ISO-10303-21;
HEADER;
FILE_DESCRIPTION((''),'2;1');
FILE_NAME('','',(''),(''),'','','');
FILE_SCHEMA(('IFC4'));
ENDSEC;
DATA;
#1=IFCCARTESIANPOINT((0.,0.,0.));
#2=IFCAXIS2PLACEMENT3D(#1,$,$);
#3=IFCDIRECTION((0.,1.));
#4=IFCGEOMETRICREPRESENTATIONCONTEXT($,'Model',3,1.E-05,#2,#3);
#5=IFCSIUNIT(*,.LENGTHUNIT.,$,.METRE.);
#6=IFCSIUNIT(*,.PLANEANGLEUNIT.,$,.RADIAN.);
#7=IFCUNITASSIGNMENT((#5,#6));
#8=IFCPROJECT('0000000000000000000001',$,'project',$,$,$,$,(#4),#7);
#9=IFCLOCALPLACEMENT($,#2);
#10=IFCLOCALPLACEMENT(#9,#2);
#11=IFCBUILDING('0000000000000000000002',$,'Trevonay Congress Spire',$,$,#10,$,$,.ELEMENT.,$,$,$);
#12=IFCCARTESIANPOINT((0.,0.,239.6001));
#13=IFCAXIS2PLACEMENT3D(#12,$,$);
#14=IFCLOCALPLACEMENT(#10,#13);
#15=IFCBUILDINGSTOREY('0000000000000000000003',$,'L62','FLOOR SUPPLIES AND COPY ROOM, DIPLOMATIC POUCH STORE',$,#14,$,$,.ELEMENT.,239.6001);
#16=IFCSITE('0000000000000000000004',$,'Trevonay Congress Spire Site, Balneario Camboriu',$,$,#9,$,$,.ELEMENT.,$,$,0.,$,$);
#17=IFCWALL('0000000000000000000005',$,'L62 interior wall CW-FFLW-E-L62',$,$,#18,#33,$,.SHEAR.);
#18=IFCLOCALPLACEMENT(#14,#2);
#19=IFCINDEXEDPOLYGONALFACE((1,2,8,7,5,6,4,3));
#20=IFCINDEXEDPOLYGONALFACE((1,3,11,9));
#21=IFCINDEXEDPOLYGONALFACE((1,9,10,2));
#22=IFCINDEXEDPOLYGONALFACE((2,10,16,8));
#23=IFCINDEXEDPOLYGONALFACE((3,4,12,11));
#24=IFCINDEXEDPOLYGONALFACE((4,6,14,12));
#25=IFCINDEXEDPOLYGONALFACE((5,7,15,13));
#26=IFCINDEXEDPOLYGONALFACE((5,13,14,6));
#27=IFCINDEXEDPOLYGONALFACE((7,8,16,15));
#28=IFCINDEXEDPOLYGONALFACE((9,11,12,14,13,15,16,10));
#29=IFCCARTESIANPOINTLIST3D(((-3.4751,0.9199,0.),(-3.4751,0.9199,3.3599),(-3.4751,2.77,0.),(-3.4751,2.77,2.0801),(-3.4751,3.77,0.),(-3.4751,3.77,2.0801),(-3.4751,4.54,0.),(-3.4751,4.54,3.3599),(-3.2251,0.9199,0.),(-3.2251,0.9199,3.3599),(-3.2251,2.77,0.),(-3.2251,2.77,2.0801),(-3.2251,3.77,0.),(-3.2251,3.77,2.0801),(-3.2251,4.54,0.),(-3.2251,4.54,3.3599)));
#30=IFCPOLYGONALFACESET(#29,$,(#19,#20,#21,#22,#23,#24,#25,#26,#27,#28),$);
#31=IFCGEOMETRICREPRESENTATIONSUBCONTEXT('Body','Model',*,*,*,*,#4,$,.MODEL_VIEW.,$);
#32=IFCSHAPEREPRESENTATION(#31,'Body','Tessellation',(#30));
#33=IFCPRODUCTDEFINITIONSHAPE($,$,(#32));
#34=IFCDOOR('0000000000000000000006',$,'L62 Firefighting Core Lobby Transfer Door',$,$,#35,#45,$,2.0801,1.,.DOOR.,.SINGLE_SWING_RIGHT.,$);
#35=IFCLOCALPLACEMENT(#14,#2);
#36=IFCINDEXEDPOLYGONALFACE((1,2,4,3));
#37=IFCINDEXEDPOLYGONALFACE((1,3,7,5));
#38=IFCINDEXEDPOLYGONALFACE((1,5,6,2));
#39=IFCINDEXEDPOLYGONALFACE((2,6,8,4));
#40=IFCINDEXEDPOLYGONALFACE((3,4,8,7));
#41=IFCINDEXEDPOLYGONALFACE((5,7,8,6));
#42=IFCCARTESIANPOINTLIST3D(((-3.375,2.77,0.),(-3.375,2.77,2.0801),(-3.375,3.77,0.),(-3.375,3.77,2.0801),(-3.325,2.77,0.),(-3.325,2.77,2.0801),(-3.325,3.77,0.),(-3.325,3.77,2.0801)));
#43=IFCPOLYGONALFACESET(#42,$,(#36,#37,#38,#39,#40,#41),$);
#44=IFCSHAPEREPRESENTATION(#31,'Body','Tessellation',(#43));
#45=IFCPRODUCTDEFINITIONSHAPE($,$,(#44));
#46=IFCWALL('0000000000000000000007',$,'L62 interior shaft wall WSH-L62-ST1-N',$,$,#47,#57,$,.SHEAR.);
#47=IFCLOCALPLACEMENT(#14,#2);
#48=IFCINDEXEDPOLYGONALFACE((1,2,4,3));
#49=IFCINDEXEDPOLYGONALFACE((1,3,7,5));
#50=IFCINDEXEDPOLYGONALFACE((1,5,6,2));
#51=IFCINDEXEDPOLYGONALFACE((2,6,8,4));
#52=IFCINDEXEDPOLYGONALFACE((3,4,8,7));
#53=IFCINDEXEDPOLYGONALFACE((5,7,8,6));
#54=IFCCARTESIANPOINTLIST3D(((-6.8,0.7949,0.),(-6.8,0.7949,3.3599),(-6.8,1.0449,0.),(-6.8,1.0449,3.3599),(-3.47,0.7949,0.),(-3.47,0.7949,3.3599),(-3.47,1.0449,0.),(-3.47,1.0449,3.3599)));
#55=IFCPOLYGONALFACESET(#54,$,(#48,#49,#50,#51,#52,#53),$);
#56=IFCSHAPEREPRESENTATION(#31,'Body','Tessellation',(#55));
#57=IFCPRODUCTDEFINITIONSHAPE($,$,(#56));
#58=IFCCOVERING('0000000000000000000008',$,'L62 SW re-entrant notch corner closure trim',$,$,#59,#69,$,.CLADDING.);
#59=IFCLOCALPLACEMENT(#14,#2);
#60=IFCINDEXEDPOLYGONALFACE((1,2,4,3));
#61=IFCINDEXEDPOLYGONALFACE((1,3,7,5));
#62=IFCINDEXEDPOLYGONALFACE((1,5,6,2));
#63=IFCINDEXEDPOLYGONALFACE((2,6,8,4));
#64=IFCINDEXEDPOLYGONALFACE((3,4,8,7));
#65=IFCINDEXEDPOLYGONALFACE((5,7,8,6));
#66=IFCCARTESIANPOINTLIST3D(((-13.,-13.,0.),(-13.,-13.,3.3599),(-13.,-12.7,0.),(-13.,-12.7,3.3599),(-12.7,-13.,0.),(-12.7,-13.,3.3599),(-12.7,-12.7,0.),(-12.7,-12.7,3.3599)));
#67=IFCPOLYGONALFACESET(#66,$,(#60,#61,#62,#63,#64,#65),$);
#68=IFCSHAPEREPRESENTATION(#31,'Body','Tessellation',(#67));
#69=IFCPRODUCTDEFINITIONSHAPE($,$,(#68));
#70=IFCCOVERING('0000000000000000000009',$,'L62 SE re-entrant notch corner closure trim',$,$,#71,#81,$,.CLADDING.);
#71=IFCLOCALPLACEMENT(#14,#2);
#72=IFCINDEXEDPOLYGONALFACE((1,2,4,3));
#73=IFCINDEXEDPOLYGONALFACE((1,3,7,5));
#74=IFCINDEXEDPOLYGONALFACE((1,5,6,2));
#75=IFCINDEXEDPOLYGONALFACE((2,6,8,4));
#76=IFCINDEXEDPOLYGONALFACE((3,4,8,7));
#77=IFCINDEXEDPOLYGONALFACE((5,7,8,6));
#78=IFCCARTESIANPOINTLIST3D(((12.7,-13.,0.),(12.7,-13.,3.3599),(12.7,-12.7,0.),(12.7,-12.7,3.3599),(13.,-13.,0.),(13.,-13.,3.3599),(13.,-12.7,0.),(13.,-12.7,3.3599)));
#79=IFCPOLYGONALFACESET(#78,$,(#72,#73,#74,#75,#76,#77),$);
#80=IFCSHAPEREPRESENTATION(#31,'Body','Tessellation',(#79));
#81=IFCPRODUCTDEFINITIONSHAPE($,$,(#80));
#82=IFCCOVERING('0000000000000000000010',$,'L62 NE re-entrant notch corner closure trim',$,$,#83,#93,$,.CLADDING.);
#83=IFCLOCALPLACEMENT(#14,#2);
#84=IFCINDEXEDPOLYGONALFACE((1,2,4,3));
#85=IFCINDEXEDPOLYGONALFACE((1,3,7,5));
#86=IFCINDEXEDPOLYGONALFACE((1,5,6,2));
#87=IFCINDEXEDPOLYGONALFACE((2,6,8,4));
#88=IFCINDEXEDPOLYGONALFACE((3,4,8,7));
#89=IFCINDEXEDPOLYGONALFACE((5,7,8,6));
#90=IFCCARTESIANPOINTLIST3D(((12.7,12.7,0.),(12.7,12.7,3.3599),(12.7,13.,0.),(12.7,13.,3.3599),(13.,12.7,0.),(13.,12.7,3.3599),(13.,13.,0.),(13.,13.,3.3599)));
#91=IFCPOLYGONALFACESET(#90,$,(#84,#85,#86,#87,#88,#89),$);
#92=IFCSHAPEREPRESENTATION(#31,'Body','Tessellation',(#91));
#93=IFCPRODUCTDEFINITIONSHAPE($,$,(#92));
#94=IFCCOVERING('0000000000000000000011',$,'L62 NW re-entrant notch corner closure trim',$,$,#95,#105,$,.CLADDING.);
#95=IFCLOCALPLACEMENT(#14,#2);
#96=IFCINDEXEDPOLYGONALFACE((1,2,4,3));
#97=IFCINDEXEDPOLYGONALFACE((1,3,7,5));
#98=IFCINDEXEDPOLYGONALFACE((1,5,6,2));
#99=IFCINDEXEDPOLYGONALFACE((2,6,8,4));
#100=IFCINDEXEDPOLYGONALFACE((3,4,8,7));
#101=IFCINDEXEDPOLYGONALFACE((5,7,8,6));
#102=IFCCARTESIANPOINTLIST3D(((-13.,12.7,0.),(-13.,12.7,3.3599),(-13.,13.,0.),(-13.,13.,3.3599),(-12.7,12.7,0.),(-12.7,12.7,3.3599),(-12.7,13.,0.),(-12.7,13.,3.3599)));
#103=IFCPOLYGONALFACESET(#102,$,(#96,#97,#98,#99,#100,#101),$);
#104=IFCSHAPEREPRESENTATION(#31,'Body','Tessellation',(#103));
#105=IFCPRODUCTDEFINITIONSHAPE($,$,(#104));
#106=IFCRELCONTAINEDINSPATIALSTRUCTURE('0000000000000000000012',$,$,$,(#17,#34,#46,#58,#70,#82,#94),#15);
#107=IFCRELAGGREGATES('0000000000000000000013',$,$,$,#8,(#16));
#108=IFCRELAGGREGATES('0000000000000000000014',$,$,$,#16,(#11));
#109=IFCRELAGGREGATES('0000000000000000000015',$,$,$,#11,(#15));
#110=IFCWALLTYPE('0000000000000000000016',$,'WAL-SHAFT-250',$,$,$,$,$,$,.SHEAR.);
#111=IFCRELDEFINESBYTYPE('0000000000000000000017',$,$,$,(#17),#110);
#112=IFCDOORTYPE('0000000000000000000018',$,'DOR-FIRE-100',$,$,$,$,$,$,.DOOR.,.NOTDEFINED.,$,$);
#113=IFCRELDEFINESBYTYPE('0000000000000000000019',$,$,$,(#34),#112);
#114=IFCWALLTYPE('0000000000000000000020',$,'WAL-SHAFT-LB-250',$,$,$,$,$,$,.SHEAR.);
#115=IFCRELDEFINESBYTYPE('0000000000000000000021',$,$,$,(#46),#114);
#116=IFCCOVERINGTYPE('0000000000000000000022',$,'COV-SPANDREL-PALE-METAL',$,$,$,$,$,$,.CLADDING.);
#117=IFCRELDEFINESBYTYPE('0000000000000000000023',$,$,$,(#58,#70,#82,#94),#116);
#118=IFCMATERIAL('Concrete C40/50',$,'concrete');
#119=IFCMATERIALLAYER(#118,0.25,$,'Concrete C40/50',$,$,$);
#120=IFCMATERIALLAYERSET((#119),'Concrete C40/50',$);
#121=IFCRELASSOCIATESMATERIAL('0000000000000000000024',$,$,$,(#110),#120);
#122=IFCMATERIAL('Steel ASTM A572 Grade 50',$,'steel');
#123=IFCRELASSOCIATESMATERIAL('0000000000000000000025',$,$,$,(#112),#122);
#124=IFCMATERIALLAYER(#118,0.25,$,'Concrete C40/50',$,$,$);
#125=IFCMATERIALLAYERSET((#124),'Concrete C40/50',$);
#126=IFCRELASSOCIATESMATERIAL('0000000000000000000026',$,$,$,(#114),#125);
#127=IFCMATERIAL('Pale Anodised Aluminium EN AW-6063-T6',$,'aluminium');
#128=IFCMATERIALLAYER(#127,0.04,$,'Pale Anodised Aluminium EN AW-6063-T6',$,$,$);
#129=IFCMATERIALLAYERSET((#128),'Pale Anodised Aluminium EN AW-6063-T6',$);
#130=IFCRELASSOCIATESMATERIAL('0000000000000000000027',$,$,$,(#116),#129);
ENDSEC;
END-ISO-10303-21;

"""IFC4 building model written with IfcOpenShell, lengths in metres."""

from ifc_helpers import new_model, si_unit, direction, frame, frame_2d, origin, place, context, subcontext, project, spatial, polyline, rectangle, outline, extrude, material, layer, layer_set, type_object, element, fill, save


model = new_model("IFC4")

# Units and contexts
model_context = context("Model", 3, precision=1e-05, world=origin(), true_north=direction((0.0, 1.0)))
body_context = subcontext(model_context, "Body", "Model", "MODEL_VIEW")
ifc_project = project(units=[si_unit("LENGTHUNIT", "METRE"), si_unit("PLANEANGLEUNIT", "RADIAN")], contexts=[model_context])

# Site, building, storey
site_placement = place(None, origin())
site = spatial("IfcSite", under=ifc_project, at=site_placement, Name="Trevonay Congress Spire Site, Balneario Camboriu", CompositionType="ELEMENT", RefElevation=0.0)
building_placement = place(site_placement, origin())
building = spatial("IfcBuilding", under=site, at=building_placement, Name="Trevonay Congress Spire", CompositionType="ELEMENT")
storey_placement = place(building_placement, frame((0.0, 0.0, 239.6001)))
storey = spatial("IfcBuildingStorey", under=building, at=storey_placement, Name="L62", Description="FLOOR SUPPLIES AND COPY ROOM, DIPLOMATIC POUCH STORE", CompositionType="ELEMENT", Elevation=239.6001)

# Shared definitions
ifc_material_1 = material(Name="Steel ASTM A572 Grade 50", Category="steel")

# Shared definitions
ifc_material_2 = material(Name="Concrete C40/50", Category="concrete")

# Shared definitions
ifc_layer_1 = layer(ifc_material_2, 0.25, Name="Concrete C40/50")
ifc_layer_set_1 = layer_set([ifc_layer_1], Name="Concrete C40/50")
wall_type_1 = type_object("IfcWallType", Name="WAL-SHAFT-250", PredefinedType="SHEAR", material=ifc_layer_set_1)
ifc_material_3 = material(Name="Pale Anodised Aluminium EN AW-6063-T6", Category="aluminium")

# Wall, opening, door
wall_1_placement = place(storey_placement, frame((-3.3501, 0.9199, 0.0), z_axis=(0.0, 0.0, 1.0), x_axis=(0.0, 1.0, 0.0)))
wall_1 = element("IfcWall", 1, at=wall_1_placement, inside=storey, type_object=wall_type_1, Name="L62 interior wall CW-FFLW-E-L62", PredefinedType="SHEAR", context=body_context, shape_type="SweptSolid", body=[
    extrude(rectangle(XDim=3.6201, YDim=0.25, at=frame_2d((1.8101, 0.0))), origin(), (0.0, 0.0, 1.0), 3.3599),
])
opening_1_placement = place(wall_1_placement, frame((1.8501, 0.0, 0.0)))
opening_1 = element("IfcOpeningElement", 2, at=opening_1_placement, cuts=wall_1, PredefinedType="OPENING", context=body_context, shape_type="SweptSolid", body=[
    extrude(rectangle(XDim=1.0, YDim=2.0801, at=frame_2d((0.5, 1.04))), frame((0.0, 0.135, 0.0), z_axis=(0.0, -1.0, 0.0), x_axis=(1.0, 0.0, 0.0)), (0.0, 0.0, 1.0), 0.27),
])
door_type_1 = type_object("IfcDoorType", Name="DOR-FIRE-100", OperationType="NOTDEFINED", PredefinedType="DOOR", material=ifc_material_1)
door_1_placement = place(opening_1_placement, origin())
door_1 = element("IfcDoor", 3, at=door_1_placement, inside=storey, type_object=door_type_1, Name="L62 Firefighting Core Lobby Transfer Door", OperationType="SINGLE_SWING_RIGHT", OverallHeight=2.0801, OverallWidth=1.0, PredefinedType="DOOR", context=body_context, shape_type="SweptSolid", body=[
    extrude(rectangle(XDim=1.0, YDim=2.0801, at=frame_2d((0.5, 1.04))), frame((0.0, 0.0249, 0.0), z_axis=(0.0, -1.0, 0.0), x_axis=(1.0, 0.0, 0.0)), (0.0, 0.0, 1.0), 0.05),
])
fill(opening_1, door_1)

# Wall
ifc_layer_2 = layer(ifc_material_2, 0.25, Name="Concrete C40/50")
ifc_layer_set_2 = layer_set([ifc_layer_2], Name="Concrete C40/50")
wall_type_2 = type_object("IfcWallType", Name="WAL-SHAFT-LB-250", PredefinedType="SHEAR", material=ifc_layer_set_2)
wall_2_placement = place(storey_placement, frame((-6.8, 0.9199, 0.0), z_axis=(0.0, 0.0, 1.0), x_axis=(1.0, 0.0, 0.0)))
element("IfcWall", 4, at=wall_2_placement, inside=storey, type_object=wall_type_2, Name="L62 interior shaft wall WSH-L62-ST1-N", PredefinedType="SHEAR", context=body_context, shape_type="SweptSolid", body=[
    extrude(rectangle(XDim=3.3301, YDim=0.25, at=frame_2d((1.665, 0.0))), origin(), (0.0, 0.0, 1.0), 3.3599),
])

# Coverings
ifc_layer_3 = layer(ifc_material_3, 0.04, Name="Pale Anodised Aluminium EN AW-6063-T6")
ifc_layer_set_3 = layer_set([ifc_layer_3], Name="Pale Anodised Aluminium EN AW-6063-T6")
covering_type = type_object("IfcCoveringType", Name="COV-SPANDREL-PALE-METAL", PredefinedType="CLADDING", material=ifc_layer_set_3)
covering_1_placement = place(storey_placement, origin())
element("IfcCovering", 5, at=covering_1_placement, inside=storey, type_object=covering_type, Name="L62 SW re-entrant notch corner closure trim", PredefinedType="CLADDING", context=body_context, shape_type="SweptSolid", body=[
    extrude(outline(polyline([(-13.0, -13.0), (-12.7, -13.0), (-12.7, -12.7), (-13.0, -12.7), (-13.0, -13.0)])), origin(), (0.0, 0.0, 1.0), 3.3599),
])
covering_2_placement = place(storey_placement, origin())
element("IfcCovering", 6, at=covering_2_placement, inside=storey, type_object=covering_type, Name="L62 SE re-entrant notch corner closure trim", PredefinedType="CLADDING", context=body_context, shape_type="SweptSolid", body=[
    extrude(outline(polyline([(12.7, -13.0), (13.0, -13.0), (13.0, -12.7), (12.7, -12.7), (12.7, -13.0)])), origin(), (0.0, 0.0, 1.0), 3.3599),
])
covering_3_placement = place(storey_placement, origin())
element("IfcCovering", 7, at=covering_3_placement, inside=storey, type_object=covering_type, Name="L62 NE re-entrant notch corner closure trim", PredefinedType="CLADDING", context=body_context, shape_type="SweptSolid", body=[
    extrude(outline(polyline([(12.7, 12.7), (13.0, 12.7), (13.0, 13.0), (12.7, 13.0), (12.7, 12.7)])), origin(), (0.0, 0.0, 1.0), 3.3599),
])
covering_4_placement = place(storey_placement, origin())
element("IfcCovering", 8, at=covering_4_placement, inside=storey, type_object=covering_type, Name="L62 NW re-entrant notch corner closure trim", PredefinedType="CLADDING", context=body_context, shape_type="SweptSolid", body=[
    extrude(outline(polyline([(-13.0, 12.7), (-12.7, 12.7), (-12.7, 13.0), (-13.0, 13.0), (-13.0, 12.7)])), origin(), (0.0, 0.0, 1.0), 3.3599),
])

save(model, "model.ifc")
